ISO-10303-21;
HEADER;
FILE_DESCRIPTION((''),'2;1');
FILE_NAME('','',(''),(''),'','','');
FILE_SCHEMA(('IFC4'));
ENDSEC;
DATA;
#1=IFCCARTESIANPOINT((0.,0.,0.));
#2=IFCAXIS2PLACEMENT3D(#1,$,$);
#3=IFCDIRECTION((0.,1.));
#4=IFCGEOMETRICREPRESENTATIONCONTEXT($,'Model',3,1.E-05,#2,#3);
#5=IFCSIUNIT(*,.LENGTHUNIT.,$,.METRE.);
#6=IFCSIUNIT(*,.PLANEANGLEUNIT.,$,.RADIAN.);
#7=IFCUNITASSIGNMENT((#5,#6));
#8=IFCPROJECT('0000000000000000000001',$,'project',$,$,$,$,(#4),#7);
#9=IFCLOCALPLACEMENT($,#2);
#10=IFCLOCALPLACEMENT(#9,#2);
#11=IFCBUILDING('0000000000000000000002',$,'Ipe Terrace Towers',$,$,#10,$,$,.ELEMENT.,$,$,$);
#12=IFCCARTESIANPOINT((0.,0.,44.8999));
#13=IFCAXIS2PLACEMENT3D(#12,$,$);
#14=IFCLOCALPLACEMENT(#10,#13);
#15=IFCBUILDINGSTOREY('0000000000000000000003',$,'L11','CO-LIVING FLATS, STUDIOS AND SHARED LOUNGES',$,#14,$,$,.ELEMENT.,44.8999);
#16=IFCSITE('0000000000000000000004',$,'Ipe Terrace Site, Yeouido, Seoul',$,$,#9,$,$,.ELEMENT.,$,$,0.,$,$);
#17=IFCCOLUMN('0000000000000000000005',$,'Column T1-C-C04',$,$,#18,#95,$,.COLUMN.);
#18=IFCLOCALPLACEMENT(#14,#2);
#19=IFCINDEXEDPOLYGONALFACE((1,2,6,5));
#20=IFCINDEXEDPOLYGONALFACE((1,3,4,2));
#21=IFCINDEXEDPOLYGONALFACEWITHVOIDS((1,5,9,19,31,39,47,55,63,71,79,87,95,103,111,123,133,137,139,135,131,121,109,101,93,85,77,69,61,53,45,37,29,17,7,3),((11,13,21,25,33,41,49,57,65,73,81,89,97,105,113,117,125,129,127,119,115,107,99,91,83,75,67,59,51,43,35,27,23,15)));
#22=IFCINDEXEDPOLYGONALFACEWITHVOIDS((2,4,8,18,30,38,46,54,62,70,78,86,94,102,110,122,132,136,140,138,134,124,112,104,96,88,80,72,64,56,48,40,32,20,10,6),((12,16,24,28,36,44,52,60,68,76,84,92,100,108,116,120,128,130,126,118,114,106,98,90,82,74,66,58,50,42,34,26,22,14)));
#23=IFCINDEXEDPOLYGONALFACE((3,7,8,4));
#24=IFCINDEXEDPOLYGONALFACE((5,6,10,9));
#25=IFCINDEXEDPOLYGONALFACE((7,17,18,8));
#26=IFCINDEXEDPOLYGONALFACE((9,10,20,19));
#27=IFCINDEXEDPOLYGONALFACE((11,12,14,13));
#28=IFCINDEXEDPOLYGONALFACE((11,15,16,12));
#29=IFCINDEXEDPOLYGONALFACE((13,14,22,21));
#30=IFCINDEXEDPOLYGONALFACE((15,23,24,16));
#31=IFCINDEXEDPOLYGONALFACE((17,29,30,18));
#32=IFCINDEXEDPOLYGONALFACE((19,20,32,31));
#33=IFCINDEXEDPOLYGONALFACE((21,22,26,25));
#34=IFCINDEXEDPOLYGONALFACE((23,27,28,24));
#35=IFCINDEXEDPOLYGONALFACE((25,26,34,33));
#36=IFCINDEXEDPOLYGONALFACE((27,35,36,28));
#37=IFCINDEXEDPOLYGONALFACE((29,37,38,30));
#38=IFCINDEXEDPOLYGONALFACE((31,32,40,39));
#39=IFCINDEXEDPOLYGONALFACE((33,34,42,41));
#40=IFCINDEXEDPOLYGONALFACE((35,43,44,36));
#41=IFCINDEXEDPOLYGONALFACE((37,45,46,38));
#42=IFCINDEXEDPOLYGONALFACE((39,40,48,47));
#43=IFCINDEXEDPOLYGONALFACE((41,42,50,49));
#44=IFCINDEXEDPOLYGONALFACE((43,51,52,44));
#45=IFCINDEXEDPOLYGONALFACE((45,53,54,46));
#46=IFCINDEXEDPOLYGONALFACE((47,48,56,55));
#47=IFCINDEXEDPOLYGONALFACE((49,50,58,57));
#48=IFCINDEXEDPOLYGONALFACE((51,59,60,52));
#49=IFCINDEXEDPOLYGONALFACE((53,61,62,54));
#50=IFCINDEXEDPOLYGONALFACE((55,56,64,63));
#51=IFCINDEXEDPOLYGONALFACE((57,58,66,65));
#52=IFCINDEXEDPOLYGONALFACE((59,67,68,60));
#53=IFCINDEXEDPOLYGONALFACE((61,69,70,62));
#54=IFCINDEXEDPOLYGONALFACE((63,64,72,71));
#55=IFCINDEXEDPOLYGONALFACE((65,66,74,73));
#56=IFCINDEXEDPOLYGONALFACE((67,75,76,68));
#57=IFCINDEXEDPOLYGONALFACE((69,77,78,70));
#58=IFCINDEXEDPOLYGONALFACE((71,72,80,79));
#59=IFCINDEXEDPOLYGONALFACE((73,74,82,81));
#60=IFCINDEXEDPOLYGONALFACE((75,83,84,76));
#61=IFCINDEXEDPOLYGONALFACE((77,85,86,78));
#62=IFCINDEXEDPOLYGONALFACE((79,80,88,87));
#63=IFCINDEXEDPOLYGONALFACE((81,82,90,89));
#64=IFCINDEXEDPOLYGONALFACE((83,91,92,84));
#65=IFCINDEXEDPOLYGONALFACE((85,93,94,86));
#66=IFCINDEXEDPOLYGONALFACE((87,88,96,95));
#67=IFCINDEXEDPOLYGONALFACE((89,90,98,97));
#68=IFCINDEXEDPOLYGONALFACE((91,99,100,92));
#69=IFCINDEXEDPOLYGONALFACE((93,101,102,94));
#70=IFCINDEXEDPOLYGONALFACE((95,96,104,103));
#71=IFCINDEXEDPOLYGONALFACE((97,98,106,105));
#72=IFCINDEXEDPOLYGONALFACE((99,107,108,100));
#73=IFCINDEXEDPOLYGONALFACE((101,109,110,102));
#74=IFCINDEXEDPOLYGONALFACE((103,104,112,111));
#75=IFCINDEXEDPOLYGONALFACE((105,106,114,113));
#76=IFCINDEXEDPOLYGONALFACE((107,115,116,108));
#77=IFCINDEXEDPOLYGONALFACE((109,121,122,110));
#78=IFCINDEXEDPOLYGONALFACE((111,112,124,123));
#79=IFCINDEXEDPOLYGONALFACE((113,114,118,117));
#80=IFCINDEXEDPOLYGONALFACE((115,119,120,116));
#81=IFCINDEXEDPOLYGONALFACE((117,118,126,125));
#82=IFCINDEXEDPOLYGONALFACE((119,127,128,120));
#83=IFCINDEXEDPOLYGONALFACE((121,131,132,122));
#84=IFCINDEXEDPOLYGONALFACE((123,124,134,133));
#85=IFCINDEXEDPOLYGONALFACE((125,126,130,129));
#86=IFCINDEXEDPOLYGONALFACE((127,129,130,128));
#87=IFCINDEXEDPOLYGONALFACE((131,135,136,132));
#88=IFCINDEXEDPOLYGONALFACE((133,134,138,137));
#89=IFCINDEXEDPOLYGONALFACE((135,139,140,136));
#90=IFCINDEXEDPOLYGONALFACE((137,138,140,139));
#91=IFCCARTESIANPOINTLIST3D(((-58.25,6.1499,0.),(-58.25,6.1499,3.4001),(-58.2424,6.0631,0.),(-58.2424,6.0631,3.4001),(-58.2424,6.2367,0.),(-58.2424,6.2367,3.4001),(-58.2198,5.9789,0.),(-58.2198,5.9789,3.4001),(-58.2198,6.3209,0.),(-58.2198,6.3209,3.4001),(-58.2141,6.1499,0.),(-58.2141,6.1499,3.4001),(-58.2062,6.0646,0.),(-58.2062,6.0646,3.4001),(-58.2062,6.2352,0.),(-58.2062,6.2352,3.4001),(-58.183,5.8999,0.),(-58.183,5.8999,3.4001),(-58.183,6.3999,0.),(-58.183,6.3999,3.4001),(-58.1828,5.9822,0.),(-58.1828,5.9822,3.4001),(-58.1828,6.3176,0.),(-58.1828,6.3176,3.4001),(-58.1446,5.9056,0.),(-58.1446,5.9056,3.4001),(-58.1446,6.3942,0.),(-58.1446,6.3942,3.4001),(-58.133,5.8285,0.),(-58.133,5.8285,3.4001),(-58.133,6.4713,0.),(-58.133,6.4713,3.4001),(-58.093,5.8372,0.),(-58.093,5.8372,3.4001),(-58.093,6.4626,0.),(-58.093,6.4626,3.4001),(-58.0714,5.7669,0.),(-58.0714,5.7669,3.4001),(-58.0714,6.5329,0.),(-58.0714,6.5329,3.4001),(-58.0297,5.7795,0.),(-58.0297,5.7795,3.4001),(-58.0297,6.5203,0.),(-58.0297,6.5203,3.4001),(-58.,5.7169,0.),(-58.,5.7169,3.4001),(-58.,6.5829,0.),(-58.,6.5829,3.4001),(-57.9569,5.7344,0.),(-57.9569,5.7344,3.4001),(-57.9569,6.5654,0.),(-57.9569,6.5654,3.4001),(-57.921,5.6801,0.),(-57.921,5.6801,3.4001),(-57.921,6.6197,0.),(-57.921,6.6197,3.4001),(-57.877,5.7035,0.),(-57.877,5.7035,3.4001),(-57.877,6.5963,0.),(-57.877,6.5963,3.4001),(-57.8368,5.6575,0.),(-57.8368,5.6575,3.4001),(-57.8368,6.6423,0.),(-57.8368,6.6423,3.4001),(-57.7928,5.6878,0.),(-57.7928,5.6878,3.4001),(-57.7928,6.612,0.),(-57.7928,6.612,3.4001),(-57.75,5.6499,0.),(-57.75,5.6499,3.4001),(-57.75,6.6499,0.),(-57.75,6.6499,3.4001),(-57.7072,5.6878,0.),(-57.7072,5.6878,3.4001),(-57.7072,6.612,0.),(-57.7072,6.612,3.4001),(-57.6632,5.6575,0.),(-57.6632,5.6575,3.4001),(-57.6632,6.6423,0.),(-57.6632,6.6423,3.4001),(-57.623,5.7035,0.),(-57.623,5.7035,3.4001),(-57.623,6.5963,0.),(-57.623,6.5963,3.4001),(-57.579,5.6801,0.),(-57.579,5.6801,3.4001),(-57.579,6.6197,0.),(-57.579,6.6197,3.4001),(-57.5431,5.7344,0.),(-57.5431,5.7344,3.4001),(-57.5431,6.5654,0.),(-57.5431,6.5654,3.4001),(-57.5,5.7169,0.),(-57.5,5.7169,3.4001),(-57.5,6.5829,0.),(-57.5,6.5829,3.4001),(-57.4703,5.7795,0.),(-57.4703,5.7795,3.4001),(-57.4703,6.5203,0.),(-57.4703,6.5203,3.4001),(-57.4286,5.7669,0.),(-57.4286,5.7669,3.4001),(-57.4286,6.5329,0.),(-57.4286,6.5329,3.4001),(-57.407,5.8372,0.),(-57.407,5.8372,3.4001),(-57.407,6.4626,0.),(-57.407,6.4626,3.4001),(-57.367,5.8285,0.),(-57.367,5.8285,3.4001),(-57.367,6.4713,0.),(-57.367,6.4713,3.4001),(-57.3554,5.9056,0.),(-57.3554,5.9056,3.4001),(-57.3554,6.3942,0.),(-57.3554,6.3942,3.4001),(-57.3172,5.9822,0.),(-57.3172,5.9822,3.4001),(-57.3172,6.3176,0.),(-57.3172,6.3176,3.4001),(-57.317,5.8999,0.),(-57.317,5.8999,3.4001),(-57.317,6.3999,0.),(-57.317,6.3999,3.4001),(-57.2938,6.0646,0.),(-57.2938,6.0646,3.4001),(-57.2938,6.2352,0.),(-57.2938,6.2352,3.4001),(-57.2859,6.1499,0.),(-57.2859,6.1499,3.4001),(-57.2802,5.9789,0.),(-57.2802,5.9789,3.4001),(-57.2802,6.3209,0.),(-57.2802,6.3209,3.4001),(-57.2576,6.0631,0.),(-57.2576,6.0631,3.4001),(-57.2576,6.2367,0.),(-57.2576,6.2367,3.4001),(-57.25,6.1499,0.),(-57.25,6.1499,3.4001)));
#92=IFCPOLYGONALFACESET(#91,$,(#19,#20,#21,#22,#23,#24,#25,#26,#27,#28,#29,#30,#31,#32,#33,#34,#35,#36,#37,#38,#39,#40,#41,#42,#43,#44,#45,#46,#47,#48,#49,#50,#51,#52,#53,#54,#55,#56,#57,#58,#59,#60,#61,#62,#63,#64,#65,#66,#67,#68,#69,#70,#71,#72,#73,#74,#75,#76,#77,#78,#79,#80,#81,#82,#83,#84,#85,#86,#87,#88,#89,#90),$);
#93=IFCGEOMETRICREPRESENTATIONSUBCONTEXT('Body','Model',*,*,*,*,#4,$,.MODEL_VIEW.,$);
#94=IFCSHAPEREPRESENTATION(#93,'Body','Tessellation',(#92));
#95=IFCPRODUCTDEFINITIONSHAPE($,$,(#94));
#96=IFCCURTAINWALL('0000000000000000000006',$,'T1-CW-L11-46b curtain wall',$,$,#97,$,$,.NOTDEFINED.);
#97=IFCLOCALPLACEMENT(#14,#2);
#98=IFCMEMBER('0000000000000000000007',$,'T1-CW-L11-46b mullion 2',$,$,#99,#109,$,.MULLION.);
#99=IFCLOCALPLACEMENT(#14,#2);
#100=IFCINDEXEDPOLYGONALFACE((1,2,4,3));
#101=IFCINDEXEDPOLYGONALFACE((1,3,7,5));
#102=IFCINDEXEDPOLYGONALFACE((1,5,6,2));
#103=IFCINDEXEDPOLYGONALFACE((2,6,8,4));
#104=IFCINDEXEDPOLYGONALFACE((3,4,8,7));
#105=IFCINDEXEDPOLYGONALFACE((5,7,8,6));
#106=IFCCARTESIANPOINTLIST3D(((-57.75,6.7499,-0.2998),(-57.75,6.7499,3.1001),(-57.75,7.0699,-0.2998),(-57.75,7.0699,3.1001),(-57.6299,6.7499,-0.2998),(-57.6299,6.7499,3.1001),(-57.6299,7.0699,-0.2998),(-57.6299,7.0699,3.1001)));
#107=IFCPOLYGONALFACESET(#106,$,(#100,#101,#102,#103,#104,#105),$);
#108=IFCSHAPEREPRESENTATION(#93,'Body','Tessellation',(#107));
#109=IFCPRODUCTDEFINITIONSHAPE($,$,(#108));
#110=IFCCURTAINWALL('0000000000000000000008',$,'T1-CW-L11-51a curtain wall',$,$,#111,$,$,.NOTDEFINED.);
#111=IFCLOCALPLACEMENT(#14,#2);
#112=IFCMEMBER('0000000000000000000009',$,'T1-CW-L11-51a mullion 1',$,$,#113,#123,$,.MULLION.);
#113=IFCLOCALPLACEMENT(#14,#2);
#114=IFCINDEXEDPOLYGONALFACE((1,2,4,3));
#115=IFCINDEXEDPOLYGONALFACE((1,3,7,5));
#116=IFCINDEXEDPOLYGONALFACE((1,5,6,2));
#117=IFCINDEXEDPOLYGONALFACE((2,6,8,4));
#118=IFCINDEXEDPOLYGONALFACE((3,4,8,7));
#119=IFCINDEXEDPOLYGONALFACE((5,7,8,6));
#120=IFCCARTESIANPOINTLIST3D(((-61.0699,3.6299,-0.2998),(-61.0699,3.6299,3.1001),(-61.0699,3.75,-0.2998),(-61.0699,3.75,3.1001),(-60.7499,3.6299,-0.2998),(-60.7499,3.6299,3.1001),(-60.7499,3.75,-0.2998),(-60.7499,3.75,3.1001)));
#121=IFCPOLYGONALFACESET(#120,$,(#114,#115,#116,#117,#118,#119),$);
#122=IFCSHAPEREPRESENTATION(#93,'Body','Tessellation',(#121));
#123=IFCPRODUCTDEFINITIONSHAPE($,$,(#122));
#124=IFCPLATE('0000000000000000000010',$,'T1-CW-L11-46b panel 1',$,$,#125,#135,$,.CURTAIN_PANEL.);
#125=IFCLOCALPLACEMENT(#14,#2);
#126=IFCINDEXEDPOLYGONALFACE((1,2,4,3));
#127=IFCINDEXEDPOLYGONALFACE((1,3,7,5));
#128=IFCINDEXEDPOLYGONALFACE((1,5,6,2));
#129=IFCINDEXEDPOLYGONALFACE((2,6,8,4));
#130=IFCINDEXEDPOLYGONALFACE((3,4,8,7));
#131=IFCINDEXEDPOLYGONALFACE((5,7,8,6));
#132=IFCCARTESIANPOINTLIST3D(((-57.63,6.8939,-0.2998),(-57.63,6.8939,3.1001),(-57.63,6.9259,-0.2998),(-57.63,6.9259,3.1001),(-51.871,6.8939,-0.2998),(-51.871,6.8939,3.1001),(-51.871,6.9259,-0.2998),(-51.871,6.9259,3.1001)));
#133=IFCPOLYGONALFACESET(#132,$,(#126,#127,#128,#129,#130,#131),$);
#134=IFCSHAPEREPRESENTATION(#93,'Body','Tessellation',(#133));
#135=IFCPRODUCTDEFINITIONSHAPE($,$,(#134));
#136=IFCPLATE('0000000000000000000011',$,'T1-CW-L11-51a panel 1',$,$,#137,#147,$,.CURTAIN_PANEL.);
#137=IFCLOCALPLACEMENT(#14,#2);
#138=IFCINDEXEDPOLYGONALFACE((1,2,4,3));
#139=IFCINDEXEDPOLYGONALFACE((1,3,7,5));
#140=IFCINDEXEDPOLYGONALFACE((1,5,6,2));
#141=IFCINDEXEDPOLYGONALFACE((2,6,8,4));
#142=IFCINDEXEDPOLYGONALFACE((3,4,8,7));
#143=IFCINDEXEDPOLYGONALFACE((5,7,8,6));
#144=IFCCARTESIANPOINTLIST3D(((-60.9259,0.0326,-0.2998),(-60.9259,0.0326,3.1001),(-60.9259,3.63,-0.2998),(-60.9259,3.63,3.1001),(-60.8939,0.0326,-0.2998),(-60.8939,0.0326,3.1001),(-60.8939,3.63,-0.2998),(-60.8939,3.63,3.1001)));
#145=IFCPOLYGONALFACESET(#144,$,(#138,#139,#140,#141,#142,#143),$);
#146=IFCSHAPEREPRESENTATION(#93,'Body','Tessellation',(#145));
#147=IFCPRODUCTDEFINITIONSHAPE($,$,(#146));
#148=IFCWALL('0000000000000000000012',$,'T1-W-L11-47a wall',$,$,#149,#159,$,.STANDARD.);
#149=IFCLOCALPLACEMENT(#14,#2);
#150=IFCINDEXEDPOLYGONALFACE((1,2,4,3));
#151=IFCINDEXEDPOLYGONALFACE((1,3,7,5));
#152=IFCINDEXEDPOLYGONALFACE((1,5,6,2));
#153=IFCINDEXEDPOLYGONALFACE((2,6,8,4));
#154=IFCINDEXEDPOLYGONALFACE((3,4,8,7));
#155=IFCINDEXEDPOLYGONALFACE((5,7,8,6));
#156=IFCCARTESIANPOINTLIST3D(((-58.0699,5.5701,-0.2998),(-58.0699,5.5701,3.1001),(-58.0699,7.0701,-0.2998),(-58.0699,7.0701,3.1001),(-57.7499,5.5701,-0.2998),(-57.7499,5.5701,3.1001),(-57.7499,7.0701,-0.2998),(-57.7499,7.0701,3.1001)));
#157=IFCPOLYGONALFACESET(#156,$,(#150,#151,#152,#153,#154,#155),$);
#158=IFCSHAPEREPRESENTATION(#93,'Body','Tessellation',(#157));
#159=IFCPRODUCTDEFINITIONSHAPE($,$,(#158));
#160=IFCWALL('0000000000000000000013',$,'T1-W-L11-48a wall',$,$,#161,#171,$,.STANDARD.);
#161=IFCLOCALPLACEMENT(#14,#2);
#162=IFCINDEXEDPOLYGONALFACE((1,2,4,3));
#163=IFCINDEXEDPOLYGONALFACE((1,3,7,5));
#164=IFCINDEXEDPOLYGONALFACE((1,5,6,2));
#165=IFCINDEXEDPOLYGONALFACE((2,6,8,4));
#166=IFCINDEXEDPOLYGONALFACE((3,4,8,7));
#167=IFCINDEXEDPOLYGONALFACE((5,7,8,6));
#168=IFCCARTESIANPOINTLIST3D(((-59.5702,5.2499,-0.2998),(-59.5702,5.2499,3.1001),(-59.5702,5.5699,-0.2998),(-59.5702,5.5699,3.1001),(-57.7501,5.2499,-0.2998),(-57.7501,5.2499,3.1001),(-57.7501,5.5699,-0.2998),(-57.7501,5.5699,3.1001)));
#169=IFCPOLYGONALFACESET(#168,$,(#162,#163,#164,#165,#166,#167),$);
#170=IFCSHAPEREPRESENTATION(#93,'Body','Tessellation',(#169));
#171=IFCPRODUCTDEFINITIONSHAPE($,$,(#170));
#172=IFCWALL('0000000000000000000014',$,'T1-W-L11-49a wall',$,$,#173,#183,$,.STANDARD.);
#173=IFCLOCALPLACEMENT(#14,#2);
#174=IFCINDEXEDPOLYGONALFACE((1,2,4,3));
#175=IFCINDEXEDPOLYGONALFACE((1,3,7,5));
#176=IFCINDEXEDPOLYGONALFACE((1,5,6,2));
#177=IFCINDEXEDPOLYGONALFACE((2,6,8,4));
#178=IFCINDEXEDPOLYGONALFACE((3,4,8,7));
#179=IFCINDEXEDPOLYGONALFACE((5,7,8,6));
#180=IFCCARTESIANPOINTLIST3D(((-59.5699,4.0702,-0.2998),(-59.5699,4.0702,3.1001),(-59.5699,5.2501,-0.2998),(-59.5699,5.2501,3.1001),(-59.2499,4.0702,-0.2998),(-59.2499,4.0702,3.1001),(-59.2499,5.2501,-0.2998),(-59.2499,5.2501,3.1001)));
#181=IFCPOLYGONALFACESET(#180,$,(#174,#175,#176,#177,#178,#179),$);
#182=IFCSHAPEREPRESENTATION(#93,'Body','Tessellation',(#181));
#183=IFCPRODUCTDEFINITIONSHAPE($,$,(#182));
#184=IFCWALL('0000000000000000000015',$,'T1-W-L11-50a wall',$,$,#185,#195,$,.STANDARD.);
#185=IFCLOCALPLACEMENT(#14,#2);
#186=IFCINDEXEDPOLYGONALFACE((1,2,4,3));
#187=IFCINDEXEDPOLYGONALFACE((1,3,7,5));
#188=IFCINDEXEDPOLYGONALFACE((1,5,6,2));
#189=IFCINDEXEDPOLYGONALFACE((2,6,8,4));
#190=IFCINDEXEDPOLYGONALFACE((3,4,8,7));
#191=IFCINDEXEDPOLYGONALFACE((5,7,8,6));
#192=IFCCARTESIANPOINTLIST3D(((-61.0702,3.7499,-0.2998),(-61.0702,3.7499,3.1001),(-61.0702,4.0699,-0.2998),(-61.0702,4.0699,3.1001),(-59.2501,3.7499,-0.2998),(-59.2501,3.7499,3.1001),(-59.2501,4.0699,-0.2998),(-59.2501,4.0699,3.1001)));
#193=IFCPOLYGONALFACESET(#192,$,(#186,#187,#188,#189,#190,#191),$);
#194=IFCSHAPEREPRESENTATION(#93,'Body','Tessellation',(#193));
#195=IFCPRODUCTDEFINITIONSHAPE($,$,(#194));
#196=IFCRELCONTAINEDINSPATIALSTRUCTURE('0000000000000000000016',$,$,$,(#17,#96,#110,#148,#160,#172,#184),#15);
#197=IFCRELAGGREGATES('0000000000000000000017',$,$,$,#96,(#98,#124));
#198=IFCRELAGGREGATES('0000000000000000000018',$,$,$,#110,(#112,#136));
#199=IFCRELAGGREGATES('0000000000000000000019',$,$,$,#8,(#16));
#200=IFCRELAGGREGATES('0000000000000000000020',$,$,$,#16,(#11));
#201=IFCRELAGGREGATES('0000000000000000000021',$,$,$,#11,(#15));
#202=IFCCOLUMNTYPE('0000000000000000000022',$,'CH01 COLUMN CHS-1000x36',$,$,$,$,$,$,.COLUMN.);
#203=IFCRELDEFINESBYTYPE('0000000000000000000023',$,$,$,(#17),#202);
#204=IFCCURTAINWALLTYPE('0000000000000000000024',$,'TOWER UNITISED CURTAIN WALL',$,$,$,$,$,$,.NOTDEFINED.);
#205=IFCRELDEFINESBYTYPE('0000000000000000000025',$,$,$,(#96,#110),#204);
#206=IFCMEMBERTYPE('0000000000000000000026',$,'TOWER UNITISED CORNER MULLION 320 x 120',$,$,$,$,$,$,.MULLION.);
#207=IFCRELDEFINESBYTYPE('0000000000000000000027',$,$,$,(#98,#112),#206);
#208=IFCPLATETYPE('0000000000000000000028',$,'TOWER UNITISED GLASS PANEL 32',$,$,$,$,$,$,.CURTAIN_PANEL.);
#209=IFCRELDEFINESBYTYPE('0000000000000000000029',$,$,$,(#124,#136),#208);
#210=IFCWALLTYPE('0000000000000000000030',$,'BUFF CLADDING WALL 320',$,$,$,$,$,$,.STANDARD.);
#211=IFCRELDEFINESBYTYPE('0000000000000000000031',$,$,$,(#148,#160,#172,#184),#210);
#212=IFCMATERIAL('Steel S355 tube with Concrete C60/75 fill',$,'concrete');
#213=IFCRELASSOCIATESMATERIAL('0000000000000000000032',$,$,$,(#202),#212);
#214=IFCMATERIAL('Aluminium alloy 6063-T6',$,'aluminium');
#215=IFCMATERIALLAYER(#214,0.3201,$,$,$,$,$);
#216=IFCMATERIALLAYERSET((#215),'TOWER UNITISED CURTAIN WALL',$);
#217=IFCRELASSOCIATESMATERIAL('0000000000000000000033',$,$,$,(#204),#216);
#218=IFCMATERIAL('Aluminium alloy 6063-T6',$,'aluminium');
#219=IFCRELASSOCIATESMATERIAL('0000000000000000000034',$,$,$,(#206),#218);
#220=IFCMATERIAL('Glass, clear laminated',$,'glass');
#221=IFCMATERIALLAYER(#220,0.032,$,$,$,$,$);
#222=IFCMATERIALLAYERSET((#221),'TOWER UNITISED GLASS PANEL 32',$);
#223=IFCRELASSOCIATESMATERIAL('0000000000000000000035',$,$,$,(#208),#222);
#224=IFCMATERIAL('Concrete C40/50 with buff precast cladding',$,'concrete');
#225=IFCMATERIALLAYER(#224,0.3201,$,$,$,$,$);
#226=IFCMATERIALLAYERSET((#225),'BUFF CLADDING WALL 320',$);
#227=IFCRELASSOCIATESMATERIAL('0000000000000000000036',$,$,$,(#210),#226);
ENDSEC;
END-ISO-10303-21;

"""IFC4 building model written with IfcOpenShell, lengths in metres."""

from ifc_helpers import new_model, si_unit, direction, frame, frame_2d, origin, origin_2d, place, context, subcontext, project, spatial, rectangle, hollow_circle, extrude, material, layer, layer_set, material_profile, profile_set, type_object, element, aggregate, save


model = new_model("IFC4")

# Units and contexts
model_context = context("Model", 3, precision=1e-05, world=origin(), true_north=direction((0.0, 1.0)))
body_context = subcontext(model_context, "Body", "Model", "MODEL_VIEW")
ifc_project = project(units=[si_unit("LENGTHUNIT", "METRE"), si_unit("PLANEANGLEUNIT", "RADIAN")], contexts=[model_context])

# Site, building, storey
site_placement = place(None, origin())
site = spatial("IfcSite", under=ifc_project, at=site_placement, Name="Ipe Terrace Site, Yeouido, Seoul", CompositionType="ELEMENT", RefElevation=0.0)
building_placement = place(site_placement, origin())
building = spatial("IfcBuilding", under=site, at=building_placement, Name="Ipe Terrace Towers", CompositionType="ELEMENT")
storey_placement = place(building_placement, frame((0.0, 0.0, 44.8999)))
storey = spatial("IfcBuildingStorey", under=building, at=storey_placement, Name="L11", Description="CO-LIVING FLATS, STUDIOS AND SHARED LOUNGES", CompositionType="ELEMENT", Elevation=44.8999)

# Column
ifc_material_1 = material(Name="Steel S355 tube with Concrete C60/75 fill", Category="concrete")
ifc_material_profile_1 = material_profile(ifc_material_1, hollow_circle(Radius=0.5, WallThickness=0.0359, at=origin_2d()), Name="CHS-1000x36")
ifc_profile_set_1 = profile_set([ifc_material_profile_1], Name="Steel S355 tube with Concrete C60/75 fill")
column_type = type_object("IfcColumnType", Name="CH01 COLUMN CHS-1000x36", PredefinedType="COLUMN", material=ifc_profile_set_1)
column_placement = place(storey_placement, frame((-57.75, 6.1499, 0.0), z_axis=(0.0, 0.0, 1.0), x_axis=(1.0, 0.0, 0.0)))
element("IfcColumn", 1, at=column_placement, inside=storey, type_object=column_type, Name="Column T1-C-C04", PredefinedType="COLUMN", context=body_context, shape_type="SweptSolid", body=[
    extrude(hollow_circle(Radius=0.5, WallThickness=0.0359, at=origin_2d()), origin(), (0.0, 0.0, 1.0), 3.4001),
])

# Curtain walls, members
ifc_material_2 = material(Name="Aluminium alloy 6063-T6", Category="aluminium")
ifc_layer_1 = layer(ifc_material_2, 0.3201)
ifc_layer_set_1 = layer_set([ifc_layer_1], Name="TOWER UNITISED CURTAIN WALL")
curtain_wall_type = type_object("IfcCurtainWallType", Name="TOWER UNITISED CURTAIN WALL", PredefinedType="NOTDEFINED", material=ifc_layer_set_1)
curtain_wall_1_placement = place(storey_placement, origin())
curtain_wall_1 = element("IfcCurtainWall", 2, at=curtain_wall_1_placement, inside=storey, type_object=curtain_wall_type, Name="T1-CW-L11-46b curtain wall", PredefinedType="NOTDEFINED")
ifc_material_3 = material(Name="Aluminium alloy 6063-T6", Category="aluminium")
ifc_material_profile_2 = material_profile(ifc_material_3, rectangle(XDim=0.3201, YDim=0.1201, at=origin_2d()), Name="TOWER UNITISED CORNER MULLION 320 x 120")
ifc_profile_set_2 = profile_set([ifc_material_profile_2], Name="Aluminium alloy 6063-T6")
member_type = type_object("IfcMemberType", Name="TOWER UNITISED CORNER MULLION 320 x 120", PredefinedType="MULLION", material=ifc_profile_set_2)
member_1_placement = place(storey_placement, frame((-57.6899, 6.9099, -0.2998), z_axis=(0.0, 0.0, 1.0), x_axis=(0.0, 1.0, 0.0)))
member_1 = element("IfcMember", 3, at=member_1_placement, type_object=member_type, Name="T1-CW-L11-46b mullion 2", PredefinedType="MULLION", context=body_context, shape_type="SweptSolid", body=[
    extrude(rectangle(XDim=0.3201, YDim=0.1201, at=origin_2d()), origin(), (0.0, 0.0, 1.0), 3.3999),
])
curtain_wall_2_placement = place(storey_placement, origin())
curtain_wall_2 = element("IfcCurtainWall", 4, at=curtain_wall_2_placement, inside=storey, type_object=curtain_wall_type, Name="T1-CW-L11-51a curtain wall", PredefinedType="NOTDEFINED")
member_2_placement = place(storey_placement, frame((-60.9099, 3.6899, -0.2998), z_axis=(0.0, 0.0, 1.0), x_axis=(-1.0, 0.0, 0.0)))
member_2 = element("IfcMember", 5, at=member_2_placement, type_object=member_type, Name="T1-CW-L11-51a mullion 1", PredefinedType="MULLION", context=body_context, shape_type="SweptSolid", body=[
    extrude(rectangle(XDim=0.3201, YDim=0.1201, at=origin_2d()), origin(), (0.0, 0.0, 1.0), 3.3999),
])

# Plates
ifc_material_4 = material(Name="Glass, clear laminated", Category="glass")
ifc_layer_2 = layer(ifc_material_4, 0.032)
ifc_layer_set_2 = layer_set([ifc_layer_2], Name="TOWER UNITISED GLASS PANEL 32")
plate_type = type_object("IfcPlateType", Name="TOWER UNITISED GLASS PANEL 32", PredefinedType="CURTAIN_PANEL", material=ifc_layer_set_2)
plate_1_placement = place(storey_placement, frame((-54.7505, 6.9099, -0.2998), z_axis=(0.0, 0.0, 1.0), x_axis=(-1.0, 0.0, 0.0)))
plate_1 = element("IfcPlate", 6, at=plate_1_placement, type_object=plate_type, Name="T1-CW-L11-46b panel 1", PredefinedType="CURTAIN_PANEL", context=body_context, shape_type="SweptSolid", body=[
    extrude(rectangle(XDim=5.759, YDim=0.032, at=origin_2d()), origin(), (0.0, 0.0, 1.0), 3.3999),
])
aggregate(curtain_wall_1, [member_1, plate_1])
plate_2_placement = place(storey_placement, frame((-60.9099, 1.8313, -0.2998), z_axis=(0.0, 0.0, 1.0), x_axis=(0.0, -1.0, 0.0)))
plate_2 = element("IfcPlate", 7, at=plate_2_placement, type_object=plate_type, Name="T1-CW-L11-51a panel 1", PredefinedType="CURTAIN_PANEL", context=body_context, shape_type="SweptSolid", body=[
    extrude(rectangle(XDim=3.5974, YDim=0.032, at=origin_2d()), origin(), (0.0, 0.0, 1.0), 3.3999),
])
aggregate(curtain_wall_2, [member_2, plate_2])

# Walls
ifc_material_5 = material(Name="Concrete C40/50 with buff precast cladding", Category="concrete")
ifc_layer_3 = layer(ifc_material_5, 0.3201)
ifc_layer_set_3 = layer_set([ifc_layer_3], Name="BUFF CLADDING WALL 320")
wall_type_1 = type_object("IfcWallType", Name="BUFF CLADDING WALL 320", PredefinedType="STANDARD", material=ifc_layer_set_3)
wall_1_placement = place(storey_placement, frame((-57.9099, 7.0701, -0.2998), z_axis=(0.0, 0.0, 1.0), x_axis=(0.0, -1.0, 0.0)))
element("IfcWall", 8, at=wall_1_placement, inside=storey, type_object=wall_type_1, Name="T1-W-L11-47a wall", PredefinedType="STANDARD", context=body_context, shape_type="SweptSolid", body=[
    extrude(rectangle(XDim=1.5, YDim=0.3201, at=frame_2d((0.75, 0.0))), origin(), (0.0, 0.0, 1.0), 3.3999),
])
wall_2_placement = place(storey_placement, frame((-57.75, 5.4099, -0.2998), z_axis=(0.0, 0.0, 1.0), x_axis=(-1.0, 0.0, 0.0)))
element("IfcWall", 9, at=wall_2_placement, inside=storey, type_object=wall_type_1, Name="T1-W-L11-48a wall", PredefinedType="STANDARD", context=body_context, shape_type="SweptSolid", body=[
    extrude(rectangle(XDim=1.8201, YDim=0.3201, at=frame_2d((0.9102, 0.0))), origin(), (0.0, 0.0, 1.0), 3.3999),
])
wall_3_placement = place(storey_placement, frame((-59.4099, 5.25, -0.2998), z_axis=(0.0, 0.0, 1.0), x_axis=(0.0, -1.0, 0.0)))
element("IfcWall", 10, at=wall_3_placement, inside=storey, type_object=wall_type_1, Name="T1-W-L11-49a wall", PredefinedType="STANDARD", context=body_context, shape_type="SweptSolid", body=[
    extrude(rectangle(XDim=1.1799, YDim=0.3201, at=frame_2d((0.5898, 0.0))), origin(), (0.0, 0.0, 1.0), 3.3999),
])
wall_4_placement = place(storey_placement, frame((-59.25, 3.9099, -0.2998), z_axis=(0.0, 0.0, 1.0), x_axis=(-1.0, 0.0, 0.0)))
element("IfcWall", 11, at=wall_4_placement, inside=storey, type_object=wall_type_1, Name="T1-W-L11-50a wall", PredefinedType="STANDARD", context=body_context, shape_type="SweptSolid", body=[
    extrude(rectangle(XDim=1.8201, YDim=0.3201, at=frame_2d((0.9102, 0.0))), origin(), (0.0, 0.0, 1.0), 3.3999),
])

save(model, "model.ifc")
